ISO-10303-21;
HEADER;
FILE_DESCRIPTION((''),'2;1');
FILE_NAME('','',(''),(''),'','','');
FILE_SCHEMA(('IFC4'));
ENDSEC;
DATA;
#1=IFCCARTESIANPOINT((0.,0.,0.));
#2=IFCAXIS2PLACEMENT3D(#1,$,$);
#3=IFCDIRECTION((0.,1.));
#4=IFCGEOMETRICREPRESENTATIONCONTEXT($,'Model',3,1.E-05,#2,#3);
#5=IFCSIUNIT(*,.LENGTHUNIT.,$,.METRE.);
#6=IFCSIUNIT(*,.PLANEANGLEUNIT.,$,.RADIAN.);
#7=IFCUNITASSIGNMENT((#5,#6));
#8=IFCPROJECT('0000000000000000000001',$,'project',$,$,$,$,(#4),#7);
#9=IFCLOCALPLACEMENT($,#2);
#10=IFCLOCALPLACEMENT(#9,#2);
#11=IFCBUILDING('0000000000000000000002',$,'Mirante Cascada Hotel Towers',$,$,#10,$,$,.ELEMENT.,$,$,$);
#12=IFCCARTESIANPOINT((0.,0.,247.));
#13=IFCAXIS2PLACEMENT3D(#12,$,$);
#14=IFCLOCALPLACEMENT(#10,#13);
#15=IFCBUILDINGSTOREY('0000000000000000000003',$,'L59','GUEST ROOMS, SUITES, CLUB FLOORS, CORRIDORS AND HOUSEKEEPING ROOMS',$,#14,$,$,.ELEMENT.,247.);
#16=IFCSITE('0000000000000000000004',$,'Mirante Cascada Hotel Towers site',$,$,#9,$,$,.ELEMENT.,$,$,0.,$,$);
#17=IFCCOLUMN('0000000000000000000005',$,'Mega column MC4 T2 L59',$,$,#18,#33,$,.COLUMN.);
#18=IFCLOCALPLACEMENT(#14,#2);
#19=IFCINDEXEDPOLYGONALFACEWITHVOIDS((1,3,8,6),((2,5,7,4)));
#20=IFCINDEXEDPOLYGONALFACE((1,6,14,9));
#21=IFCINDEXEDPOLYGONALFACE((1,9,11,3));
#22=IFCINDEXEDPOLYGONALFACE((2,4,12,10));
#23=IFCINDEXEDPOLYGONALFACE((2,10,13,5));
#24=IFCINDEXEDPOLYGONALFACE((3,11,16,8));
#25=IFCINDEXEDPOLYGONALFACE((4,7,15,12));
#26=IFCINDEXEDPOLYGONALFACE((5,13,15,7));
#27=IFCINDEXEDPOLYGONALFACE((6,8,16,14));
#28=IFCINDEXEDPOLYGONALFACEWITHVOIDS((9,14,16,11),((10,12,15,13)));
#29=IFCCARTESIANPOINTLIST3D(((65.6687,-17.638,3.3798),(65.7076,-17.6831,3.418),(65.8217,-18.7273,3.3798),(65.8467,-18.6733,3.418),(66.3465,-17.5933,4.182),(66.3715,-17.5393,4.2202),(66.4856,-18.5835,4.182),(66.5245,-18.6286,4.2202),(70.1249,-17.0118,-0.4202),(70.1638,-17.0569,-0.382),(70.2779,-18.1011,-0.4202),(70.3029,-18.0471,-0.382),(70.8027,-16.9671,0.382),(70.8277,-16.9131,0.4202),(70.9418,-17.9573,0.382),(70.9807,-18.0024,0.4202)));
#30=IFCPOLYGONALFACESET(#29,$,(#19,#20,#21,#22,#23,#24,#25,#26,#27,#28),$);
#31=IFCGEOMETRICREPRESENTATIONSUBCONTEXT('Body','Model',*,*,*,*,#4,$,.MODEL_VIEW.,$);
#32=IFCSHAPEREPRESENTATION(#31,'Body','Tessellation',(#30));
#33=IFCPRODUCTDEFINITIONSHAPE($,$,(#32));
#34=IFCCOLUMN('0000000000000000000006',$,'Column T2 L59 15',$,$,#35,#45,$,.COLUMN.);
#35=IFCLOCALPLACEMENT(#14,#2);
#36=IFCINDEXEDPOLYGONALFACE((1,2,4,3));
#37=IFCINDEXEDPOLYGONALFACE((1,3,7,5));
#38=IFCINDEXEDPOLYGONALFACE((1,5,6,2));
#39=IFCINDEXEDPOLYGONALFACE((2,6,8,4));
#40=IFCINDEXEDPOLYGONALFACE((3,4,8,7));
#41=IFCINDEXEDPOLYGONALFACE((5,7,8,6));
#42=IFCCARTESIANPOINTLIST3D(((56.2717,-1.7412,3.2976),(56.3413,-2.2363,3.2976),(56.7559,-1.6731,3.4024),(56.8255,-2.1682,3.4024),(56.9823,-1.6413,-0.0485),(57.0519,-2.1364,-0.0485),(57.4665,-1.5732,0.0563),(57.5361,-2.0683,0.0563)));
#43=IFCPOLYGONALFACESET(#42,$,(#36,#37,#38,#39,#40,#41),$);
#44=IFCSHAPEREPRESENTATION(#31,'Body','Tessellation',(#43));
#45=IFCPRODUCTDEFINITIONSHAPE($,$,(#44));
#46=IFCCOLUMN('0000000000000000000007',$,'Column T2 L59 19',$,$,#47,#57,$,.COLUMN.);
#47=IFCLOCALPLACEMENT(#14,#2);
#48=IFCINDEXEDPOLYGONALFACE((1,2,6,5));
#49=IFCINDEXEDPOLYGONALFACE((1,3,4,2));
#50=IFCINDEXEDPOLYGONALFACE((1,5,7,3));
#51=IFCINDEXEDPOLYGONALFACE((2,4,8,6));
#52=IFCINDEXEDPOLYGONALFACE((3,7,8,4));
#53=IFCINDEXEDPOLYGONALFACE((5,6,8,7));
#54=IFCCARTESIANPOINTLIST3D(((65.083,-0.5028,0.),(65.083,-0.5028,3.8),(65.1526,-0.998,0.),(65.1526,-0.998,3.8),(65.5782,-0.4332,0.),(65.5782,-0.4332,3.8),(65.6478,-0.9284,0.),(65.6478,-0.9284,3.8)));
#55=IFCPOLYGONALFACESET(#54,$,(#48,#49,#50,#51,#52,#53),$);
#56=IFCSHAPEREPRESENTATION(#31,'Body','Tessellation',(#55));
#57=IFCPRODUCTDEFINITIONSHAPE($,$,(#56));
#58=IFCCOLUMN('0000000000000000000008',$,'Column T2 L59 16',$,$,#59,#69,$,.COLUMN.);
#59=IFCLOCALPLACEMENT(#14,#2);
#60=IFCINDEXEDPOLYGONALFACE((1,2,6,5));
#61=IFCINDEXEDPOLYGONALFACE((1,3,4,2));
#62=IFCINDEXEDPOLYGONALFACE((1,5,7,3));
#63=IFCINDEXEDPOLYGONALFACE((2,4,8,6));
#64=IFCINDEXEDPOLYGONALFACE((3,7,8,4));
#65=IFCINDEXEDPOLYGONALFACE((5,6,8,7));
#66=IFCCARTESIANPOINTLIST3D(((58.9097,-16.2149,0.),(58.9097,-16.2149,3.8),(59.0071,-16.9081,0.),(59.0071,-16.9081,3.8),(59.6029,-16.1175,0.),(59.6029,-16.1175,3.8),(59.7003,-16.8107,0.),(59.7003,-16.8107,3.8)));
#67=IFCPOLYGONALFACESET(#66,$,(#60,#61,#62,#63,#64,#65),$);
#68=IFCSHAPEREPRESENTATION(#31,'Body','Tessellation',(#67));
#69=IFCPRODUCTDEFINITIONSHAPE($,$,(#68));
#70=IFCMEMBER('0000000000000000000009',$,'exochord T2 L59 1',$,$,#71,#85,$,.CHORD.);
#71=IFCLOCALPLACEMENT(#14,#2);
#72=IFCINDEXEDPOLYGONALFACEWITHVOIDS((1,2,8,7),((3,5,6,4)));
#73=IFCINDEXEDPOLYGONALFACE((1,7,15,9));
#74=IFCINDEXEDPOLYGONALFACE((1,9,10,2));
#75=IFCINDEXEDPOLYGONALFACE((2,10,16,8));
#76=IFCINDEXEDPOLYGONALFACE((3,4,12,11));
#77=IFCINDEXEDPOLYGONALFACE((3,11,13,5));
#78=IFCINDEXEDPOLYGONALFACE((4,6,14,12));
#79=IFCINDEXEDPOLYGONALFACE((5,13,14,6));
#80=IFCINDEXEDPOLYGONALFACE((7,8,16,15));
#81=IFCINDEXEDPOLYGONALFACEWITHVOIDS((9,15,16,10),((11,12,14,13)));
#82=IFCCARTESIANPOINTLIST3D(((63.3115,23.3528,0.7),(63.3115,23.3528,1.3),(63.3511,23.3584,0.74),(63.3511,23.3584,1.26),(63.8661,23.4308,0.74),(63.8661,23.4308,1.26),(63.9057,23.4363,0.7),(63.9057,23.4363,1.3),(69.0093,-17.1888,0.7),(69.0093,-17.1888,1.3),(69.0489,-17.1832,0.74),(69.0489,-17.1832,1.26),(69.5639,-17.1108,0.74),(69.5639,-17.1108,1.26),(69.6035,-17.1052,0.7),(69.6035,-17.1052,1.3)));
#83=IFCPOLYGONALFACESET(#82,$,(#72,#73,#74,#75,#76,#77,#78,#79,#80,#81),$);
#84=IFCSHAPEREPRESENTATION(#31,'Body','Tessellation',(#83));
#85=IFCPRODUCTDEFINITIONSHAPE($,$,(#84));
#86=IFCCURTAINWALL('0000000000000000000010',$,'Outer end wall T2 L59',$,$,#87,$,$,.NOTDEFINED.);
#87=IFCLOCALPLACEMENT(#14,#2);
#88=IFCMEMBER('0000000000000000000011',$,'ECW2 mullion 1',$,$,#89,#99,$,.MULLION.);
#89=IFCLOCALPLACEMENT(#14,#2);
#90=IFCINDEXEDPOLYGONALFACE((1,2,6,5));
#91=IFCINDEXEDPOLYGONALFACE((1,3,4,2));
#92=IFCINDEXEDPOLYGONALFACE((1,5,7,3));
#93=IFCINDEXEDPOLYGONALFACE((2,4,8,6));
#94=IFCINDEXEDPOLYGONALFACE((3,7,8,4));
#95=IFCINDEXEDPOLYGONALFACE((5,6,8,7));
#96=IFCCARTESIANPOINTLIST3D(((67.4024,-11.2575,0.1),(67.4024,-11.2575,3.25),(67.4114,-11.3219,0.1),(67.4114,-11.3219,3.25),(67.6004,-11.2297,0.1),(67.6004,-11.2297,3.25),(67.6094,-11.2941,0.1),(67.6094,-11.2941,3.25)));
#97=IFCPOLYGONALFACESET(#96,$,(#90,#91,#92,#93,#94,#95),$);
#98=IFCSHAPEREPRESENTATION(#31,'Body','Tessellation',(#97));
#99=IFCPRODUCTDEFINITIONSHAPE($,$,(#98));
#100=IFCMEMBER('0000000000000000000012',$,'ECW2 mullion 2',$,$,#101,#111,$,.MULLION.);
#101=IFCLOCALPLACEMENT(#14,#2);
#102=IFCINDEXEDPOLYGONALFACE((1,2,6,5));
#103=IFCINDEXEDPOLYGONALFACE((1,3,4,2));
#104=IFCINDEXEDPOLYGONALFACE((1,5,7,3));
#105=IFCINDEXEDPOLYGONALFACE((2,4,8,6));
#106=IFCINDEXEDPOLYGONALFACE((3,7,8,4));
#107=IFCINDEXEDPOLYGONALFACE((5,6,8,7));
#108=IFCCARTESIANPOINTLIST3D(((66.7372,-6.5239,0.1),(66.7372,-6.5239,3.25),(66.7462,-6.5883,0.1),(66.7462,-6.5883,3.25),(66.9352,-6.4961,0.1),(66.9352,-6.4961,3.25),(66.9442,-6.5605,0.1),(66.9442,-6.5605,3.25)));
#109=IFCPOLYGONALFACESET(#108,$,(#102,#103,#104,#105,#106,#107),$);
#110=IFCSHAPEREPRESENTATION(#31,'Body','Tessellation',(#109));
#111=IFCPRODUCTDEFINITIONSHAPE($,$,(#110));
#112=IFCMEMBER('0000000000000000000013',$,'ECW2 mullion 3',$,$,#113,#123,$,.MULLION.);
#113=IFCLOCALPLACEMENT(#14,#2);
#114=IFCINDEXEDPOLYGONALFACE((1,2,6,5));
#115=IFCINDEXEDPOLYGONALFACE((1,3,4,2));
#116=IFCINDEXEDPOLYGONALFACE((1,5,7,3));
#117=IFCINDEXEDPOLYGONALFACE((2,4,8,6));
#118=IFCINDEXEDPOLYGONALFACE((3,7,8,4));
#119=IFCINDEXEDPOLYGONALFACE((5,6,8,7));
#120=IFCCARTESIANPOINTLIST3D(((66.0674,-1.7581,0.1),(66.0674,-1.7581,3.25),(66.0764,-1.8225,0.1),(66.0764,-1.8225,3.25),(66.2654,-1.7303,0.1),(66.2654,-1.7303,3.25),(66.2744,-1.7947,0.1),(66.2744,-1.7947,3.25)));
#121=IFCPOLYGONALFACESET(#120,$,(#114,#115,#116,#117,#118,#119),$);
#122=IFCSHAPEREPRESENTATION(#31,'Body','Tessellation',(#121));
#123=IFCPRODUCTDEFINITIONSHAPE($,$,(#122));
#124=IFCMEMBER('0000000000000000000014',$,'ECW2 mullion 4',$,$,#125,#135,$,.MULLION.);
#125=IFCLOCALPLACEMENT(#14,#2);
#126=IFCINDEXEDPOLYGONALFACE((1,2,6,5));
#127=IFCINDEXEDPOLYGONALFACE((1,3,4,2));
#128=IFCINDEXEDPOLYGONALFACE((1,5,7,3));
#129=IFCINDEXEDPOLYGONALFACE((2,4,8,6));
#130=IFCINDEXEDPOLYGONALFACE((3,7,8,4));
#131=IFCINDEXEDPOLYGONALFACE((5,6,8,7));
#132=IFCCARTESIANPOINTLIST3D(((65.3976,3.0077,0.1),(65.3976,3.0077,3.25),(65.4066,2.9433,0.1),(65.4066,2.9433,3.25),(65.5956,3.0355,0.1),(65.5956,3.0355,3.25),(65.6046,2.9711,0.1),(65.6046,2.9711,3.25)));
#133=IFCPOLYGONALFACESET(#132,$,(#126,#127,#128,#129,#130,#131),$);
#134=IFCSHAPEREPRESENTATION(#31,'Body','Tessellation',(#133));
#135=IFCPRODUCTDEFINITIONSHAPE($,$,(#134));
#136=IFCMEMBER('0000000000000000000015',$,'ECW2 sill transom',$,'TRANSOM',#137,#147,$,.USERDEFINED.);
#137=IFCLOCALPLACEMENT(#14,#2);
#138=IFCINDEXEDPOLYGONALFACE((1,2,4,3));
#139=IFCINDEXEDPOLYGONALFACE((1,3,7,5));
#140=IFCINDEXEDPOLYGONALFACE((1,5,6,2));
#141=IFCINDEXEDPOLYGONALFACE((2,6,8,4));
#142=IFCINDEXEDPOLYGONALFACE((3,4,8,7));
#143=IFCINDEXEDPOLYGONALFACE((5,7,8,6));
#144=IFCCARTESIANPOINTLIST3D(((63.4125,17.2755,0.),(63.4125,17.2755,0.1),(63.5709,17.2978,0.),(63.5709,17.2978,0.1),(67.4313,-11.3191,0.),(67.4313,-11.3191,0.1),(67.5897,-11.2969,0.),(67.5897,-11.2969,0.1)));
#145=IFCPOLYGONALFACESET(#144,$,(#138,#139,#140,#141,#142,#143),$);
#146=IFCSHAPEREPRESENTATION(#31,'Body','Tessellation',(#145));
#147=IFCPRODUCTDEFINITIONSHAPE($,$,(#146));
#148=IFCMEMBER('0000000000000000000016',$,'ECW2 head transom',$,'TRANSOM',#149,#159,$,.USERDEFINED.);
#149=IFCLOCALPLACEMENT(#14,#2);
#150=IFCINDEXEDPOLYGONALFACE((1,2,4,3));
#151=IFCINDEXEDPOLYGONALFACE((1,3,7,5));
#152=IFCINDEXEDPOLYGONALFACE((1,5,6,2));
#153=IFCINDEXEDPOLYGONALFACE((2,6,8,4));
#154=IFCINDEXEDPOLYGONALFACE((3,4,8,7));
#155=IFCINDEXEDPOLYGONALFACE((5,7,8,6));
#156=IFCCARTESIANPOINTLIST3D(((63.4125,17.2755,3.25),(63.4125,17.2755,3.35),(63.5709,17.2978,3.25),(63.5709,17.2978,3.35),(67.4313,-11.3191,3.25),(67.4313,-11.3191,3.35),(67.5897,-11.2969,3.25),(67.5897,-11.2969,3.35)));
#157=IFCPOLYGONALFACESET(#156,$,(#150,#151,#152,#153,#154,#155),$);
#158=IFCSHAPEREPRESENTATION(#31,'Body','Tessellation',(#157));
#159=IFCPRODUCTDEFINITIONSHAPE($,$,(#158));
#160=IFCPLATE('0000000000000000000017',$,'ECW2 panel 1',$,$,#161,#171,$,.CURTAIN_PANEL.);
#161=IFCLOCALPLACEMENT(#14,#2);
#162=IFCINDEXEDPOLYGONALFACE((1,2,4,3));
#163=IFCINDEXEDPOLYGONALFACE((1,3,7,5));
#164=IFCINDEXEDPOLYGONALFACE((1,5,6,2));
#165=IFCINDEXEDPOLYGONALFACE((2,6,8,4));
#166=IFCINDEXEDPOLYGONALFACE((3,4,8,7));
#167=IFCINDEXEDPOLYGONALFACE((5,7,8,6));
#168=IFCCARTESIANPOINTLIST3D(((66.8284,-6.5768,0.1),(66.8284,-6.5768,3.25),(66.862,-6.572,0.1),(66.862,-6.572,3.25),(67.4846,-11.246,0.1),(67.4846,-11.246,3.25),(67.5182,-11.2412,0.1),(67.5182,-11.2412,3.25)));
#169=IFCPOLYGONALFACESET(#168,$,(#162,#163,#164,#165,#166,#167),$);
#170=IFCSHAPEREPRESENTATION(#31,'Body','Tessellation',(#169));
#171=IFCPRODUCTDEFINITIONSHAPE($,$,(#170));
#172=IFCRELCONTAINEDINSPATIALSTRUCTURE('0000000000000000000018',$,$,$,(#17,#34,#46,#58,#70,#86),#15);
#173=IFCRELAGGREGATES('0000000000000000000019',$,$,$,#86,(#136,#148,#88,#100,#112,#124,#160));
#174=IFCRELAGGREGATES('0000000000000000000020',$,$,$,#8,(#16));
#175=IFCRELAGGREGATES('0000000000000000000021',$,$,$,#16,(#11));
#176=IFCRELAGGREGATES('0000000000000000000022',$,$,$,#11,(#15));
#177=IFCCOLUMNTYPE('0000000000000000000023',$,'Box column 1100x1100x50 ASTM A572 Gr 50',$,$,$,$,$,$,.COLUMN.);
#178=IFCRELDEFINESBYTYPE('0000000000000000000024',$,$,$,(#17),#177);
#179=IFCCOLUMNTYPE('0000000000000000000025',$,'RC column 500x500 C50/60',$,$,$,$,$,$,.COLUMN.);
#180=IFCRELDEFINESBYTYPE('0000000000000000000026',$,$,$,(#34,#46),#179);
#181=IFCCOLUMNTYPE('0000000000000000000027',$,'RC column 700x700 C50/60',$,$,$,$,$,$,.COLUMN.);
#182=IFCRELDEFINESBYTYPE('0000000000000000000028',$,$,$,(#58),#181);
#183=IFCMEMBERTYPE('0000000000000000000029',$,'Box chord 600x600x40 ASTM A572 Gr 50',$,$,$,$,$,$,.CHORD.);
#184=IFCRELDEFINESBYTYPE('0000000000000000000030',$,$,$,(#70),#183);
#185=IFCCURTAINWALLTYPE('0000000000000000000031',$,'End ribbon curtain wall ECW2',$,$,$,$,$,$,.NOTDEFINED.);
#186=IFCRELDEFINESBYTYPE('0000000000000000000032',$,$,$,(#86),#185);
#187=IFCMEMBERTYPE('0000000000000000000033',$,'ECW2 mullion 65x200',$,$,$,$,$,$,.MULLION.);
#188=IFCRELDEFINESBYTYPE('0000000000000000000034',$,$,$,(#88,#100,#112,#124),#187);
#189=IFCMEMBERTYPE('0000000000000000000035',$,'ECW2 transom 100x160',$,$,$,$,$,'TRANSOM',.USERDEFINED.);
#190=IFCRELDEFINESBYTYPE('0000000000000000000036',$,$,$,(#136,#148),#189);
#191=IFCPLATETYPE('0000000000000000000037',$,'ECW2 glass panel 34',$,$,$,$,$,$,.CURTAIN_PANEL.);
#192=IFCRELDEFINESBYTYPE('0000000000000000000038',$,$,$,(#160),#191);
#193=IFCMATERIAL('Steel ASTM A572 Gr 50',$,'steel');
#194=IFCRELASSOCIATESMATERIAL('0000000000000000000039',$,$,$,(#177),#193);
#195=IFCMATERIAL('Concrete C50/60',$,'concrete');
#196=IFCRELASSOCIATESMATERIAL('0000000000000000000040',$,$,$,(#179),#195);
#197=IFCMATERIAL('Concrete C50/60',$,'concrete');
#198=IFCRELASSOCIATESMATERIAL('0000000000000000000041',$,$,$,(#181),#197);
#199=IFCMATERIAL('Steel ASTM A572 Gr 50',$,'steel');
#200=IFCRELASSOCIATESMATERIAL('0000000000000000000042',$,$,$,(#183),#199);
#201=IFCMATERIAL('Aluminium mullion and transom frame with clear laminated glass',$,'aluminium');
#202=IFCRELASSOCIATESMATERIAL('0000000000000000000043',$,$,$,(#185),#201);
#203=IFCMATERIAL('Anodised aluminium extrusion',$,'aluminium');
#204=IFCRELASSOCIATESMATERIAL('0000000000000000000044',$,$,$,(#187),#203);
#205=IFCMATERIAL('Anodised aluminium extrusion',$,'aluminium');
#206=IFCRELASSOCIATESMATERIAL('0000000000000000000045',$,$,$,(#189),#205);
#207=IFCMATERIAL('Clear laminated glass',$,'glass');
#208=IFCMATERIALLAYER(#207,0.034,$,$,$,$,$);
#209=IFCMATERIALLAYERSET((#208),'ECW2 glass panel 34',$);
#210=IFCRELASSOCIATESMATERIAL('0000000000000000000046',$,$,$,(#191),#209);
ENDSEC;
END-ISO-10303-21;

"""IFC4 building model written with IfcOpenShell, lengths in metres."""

from ifc_helpers import new_model, si_unit, direction, frame, origin, origin_2d, place, context, subcontext, project, spatial, rectangle, hollow_rectangle, extrude, material, layer, layer_set, material_profile, profile_set, type_object, element, aggregate, save


model = new_model("IFC4")

# Units and contexts
model_context = context("Model", 3, precision=1e-05, world=origin(), true_north=direction((0.0, 1.0)))
body_context = subcontext(model_context, "Body", "Model", "MODEL_VIEW")
ifc_project = project(units=[si_unit("LENGTHUNIT", "METRE"), si_unit("PLANEANGLEUNIT", "RADIAN")], contexts=[model_context])

# Site, building, storey
site_placement = place(None, origin())
site = spatial("IfcSite", under=ifc_project, at=site_placement, Name="Mirante Cascada Hotel Towers site", CompositionType="ELEMENT", RefElevation=0.0)
building_placement = place(site_placement, origin())
building = spatial("IfcBuilding", under=site, at=building_placement, Name="Mirante Cascada Hotel Towers", CompositionType="ELEMENT")
storey_placement = place(building_placement, frame((0.0, 0.0, 247.0)))
storey = spatial("IfcBuildingStorey", under=building, at=storey_placement, Name="L59", Description="GUEST ROOMS, SUITES, CLUB FLOORS, CORRIDORS AND HOUSEKEEPING ROOMS", CompositionType="ELEMENT", Elevation=247.0)

# Columns
ifc_material_1 = material(Name="Steel ASTM A572 Gr 50", Category="steel")
ifc_material_profile_1 = material_profile(ifc_material_1, hollow_rectangle(XDim=1.1, YDim=1.1, WallThickness=0.05, at=origin_2d()), Name="Box column 1100x1100x50 ASTM A572 Gr 50")
ifc_profile_set_1 = profile_set([ifc_material_profile_1], Name="Steel ASTM A572 Gr 50")
column_type_1 = type_object("IfcColumnType", Name="Box column 1100x1100x50 ASTM A572 Gr 50", PredefinedType="COLUMN", material=ifc_profile_set_1)
column_1_placement = place(storey_placement, frame((70.5528, -17.5071, 0.0), z_axis=(-0.756595, -0.106319, 0.645182), x_axis=(0.139156, -0.990271, 0.0)))
element("IfcColumn", 1, at=column_1_placement, inside=storey, type_object=column_type_1, Name="Mega column MC4 T2 L59", PredefinedType="COLUMN", context=body_context, shape_type="SweptSolid", body=[
    extrude(hollow_rectangle(XDim=1.1, YDim=1.1, WallThickness=0.05, at=origin_2d()), origin(), (0.0, 0.0, 1.0), 5.8898),
])
ifc_material_2 = material(Name="Concrete C50/60", Category="concrete")
ifc_material_profile_2 = material_profile(ifc_material_2, rectangle(XDim=0.5, YDim=0.5, at=origin_2d()), Name="RC column 500x500 C50/60")
ifc_profile_set_2 = profile_set([ifc_material_profile_2], Name="Concrete C50/60")
column_type_2 = type_object("IfcColumnType", Name="RC column 500x500 C50/60", PredefinedType="COLUMN", material=ifc_profile_set_2)
column_2_placement = place(storey_placement, frame((57.2592, -1.8548, 0.0039), z_axis=(-0.207645, -0.029192, 0.977769), x_axis=(0.139216, -0.990262, 0.0)))
element("IfcColumn", 2, at=column_2_placement, inside=storey, type_object=column_type_2, Name="Column T2 L59 15", PredefinedType="COLUMN", context=body_context, shape_type="SweptSolid", body=[
    extrude(rectangle(XDim=0.5, YDim=0.5, at=origin_2d()), origin(), (0.0, 0.0, 1.0), 3.4222),
])
column_3_placement = place(storey_placement, frame((65.3654, -0.7156, 0.0), z_axis=(0.0, 0.0, 1.0), x_axis=(0.990268, 0.139173, 0.0)))
element("IfcColumn", 3, at=column_3_placement, inside=storey, type_object=column_type_2, Name="Column T2 L59 19", PredefinedType="COLUMN", context=body_context, shape_type="SweptSolid", body=[
    extrude(rectangle(XDim=0.5, YDim=0.5, at=origin_2d()), origin(), (0.0, 0.0, 1.0), 3.8),
])
ifc_material_3 = material(Name="Concrete C50/60", Category="concrete")
ifc_material_profile_3 = material_profile(ifc_material_3, rectangle(XDim=0.7, YDim=0.7, at=origin_2d()), Name="RC column 700x700 C50/60")
ifc_profile_set_3 = profile_set([ifc_material_profile_3], Name="Concrete C50/60")
column_type_3 = type_object("IfcColumnType", Name="RC column 700x700 C50/60", PredefinedType="COLUMN", material=ifc_profile_set_3)
column_4_placement = place(storey_placement, frame((59.305, -16.5128, 0.0), z_axis=(0.0, 0.0, 1.0), x_axis=(0.990268, 0.139173, 0.0)))
element("IfcColumn", 4, at=column_4_placement, inside=storey, type_object=column_type_3, Name="Column T2 L59 16", PredefinedType="COLUMN", context=body_context, shape_type="SweptSolid", body=[
    extrude(rectangle(XDim=0.7, YDim=0.7, at=origin_2d()), origin(), (0.0, 0.0, 1.0), 3.8),
])

# Member
ifc_material_4 = material(Name="Steel ASTM A572 Gr 50", Category="steel")
ifc_material_profile_4 = material_profile(ifc_material_4, hollow_rectangle(XDim=0.6, YDim=0.6, WallThickness=0.04, at=origin_2d()), Name="Box chord 600x600x40 ASTM A572 Gr 50")
ifc_profile_set_4 = profile_set([ifc_material_profile_4], Name="Steel ASTM A572 Gr 50")
member_type_1 = type_object("IfcMemberType", Name="Box chord 600x600x40 ASTM A572 Gr 50", PredefinedType="CHORD", material=ifc_profile_set_4)
member_1_placement = place(storey_placement, frame((69.3064, -17.147, 1.0), z_axis=(-0.139174, 0.990268, 0.0), x_axis=(-0.990268, -0.139174, 0.0)))
element("IfcMember", 5, at=member_1_placement, inside=storey, type_object=member_type_1, Name="exochord T2 L59 1", PredefinedType="CHORD", context=body_context, shape_type="SweptSolid", body=[
    extrude(hollow_rectangle(XDim=0.6, YDim=0.6, WallThickness=0.04, at=origin_2d()), origin(), (0.0, 0.0, 1.0), 40.94),
])

# Curtain wall, members, plate
ifc_material_5 = material(Name="Aluminium mullion and transom frame with clear laminated glass", Category="aluminium")
curtain_wall_type = type_object("IfcCurtainWallType", Name="End ribbon curtain wall ECW2", PredefinedType="NOTDEFINED", material=ifc_material_5)
curtain_wall_placement = place(storey_placement, origin())
curtain_wall = element("IfcCurtainWall", 6, at=curtain_wall_placement, inside=storey, type_object=curtain_wall_type, Name="Outer end wall T2 L59", PredefinedType="NOTDEFINED")
ifc_material_6 = material(Name="Anodised aluminium extrusion", Category="aluminium")
ifc_material_profile_5 = material_profile(ifc_material_6, rectangle(XDim=0.2, YDim=0.065, at=origin_2d()), Name="ECW2 MULLION 65x200")
ifc_profile_set_5 = profile_set([ifc_material_profile_5], Name="Anodised aluminium extrusion")
member_type_2 = type_object("IfcMemberType", Name="ECW2 mullion 65x200", PredefinedType="MULLION", material=ifc_profile_set_5)
member_2_placement = place(storey_placement, frame((67.5059, -11.2758, 0.1), z_axis=(0.0, 0.0, 1.0), x_axis=(-0.990268, -0.139173, 0.0)))
member_2 = element("IfcMember", 7, at=member_2_placement, type_object=member_type_2, Name="ECW2 mullion 1", PredefinedType="MULLION", context=body_context, shape_type="SweptSolid", body=[
    extrude(rectangle(XDim=0.2, YDim=0.065, at=origin_2d()), origin(), (0.0, 0.0, 1.0), 3.15),
])
member_3_placement = place(storey_placement, frame((66.8407, -6.5422, 0.1), z_axis=(0.0, 0.0, 1.0), x_axis=(-0.990268, -0.139173, 0.0)))
member_3 = element("IfcMember", 8, at=member_3_placement, type_object=member_type_2, Name="ECW2 mullion 2", PredefinedType="MULLION", context=body_context, shape_type="SweptSolid", body=[
    extrude(rectangle(XDim=0.2, YDim=0.065, at=origin_2d()), origin(), (0.0, 0.0, 1.0), 3.15),
])
member_4_placement = place(storey_placement, frame((66.1709, -1.7764, 0.1), z_axis=(0.0, 0.0, 1.0), x_axis=(-0.990268, -0.139173, 0.0)))
member_4 = element("IfcMember", 9, at=member_4_placement, type_object=member_type_2, Name="ECW2 mullion 3", PredefinedType="MULLION", context=body_context, shape_type="SweptSolid", body=[
    extrude(rectangle(XDim=0.2, YDim=0.065, at=origin_2d()), origin(), (0.0, 0.0, 1.0), 3.15),
])
member_5_placement = place(storey_placement, frame((65.5011, 2.9894, 0.1), z_axis=(0.0, 0.0, 1.0), x_axis=(-0.990268, -0.139173, 0.0)))
member_5 = element("IfcMember", 10, at=member_5_placement, type_object=member_type_2, Name="ECW2 mullion 4", PredefinedType="MULLION", context=body_context, shape_type="SweptSolid", body=[
    extrude(rectangle(XDim=0.2, YDim=0.065, at=origin_2d()), origin(), (0.0, 0.0, 1.0), 3.15),
])
ifc_material_7 = material(Name="Anodised aluminium extrusion", Category="aluminium")
ifc_material_profile_6 = material_profile(ifc_material_7, rectangle(XDim=0.16, YDim=0.1, at=origin_2d()), Name="ECW2 TRANSOM 100x160")
ifc_profile_set_6 = profile_set([ifc_material_profile_6], Name="Anodised aluminium extrusion")
member_type_3 = type_object("IfcMemberType", Name="ECW2 transom 100x160", ElementType="TRANSOM", PredefinedType="USERDEFINED", material=ifc_profile_set_6)
member_6_placement = place(storey_placement, frame((67.5105, -11.308, 0.05), z_axis=(-0.139176, 0.990268, 0.0), x_axis=(-0.990268, -0.139176, 0.0)))
member_6 = element("IfcMember", 11, at=member_6_placement, type_object=member_type_3, Name="ECW2 sill transom", ObjectType="TRANSOM", PredefinedType="USERDEFINED", context=body_context, shape_type="SweptSolid", body=[
    extrude(rectangle(XDim=0.16, YDim=0.1, at=origin_2d()), origin(), (0.0, 0.0, 1.0), 28.8757),
])
member_7_placement = place(storey_placement, frame((67.5105, -11.308, 3.3), z_axis=(-0.139176, 0.990268, 0.0), x_axis=(-0.990268, -0.139176, 0.0)))
member_7 = element("IfcMember", 12, at=member_7_placement, type_object=member_type_3, Name="ECW2 head transom", ObjectType="TRANSOM", PredefinedType="USERDEFINED", context=body_context, shape_type="SweptSolid", body=[
    extrude(rectangle(XDim=0.16, YDim=0.1, at=origin_2d()), origin(), (0.0, 0.0, 1.0), 28.8757),
])
ifc_material_8 = material(Name="Clear laminated glass", Category="glass")
ifc_layer_1 = layer(ifc_material_8, 0.034)
ifc_layer_set_1 = layer_set([ifc_layer_1], Name="ECW2 glass panel 34")
plate_type_1 = type_object("IfcPlateType", Name="ECW2 glass panel 34", PredefinedType="CURTAIN_PANEL", material=ifc_layer_set_1)
plate_1_placement = place(storey_placement, frame((67.1733, -8.909, 0.1), z_axis=(0.0, 0.0, 1.0), x_axis=(-0.139173, 0.990268, 0.0)))
plate_1 = element("IfcPlate", 13, at=plate_1_placement, type_object=plate_type_1, Name="ECW2 panel 1", PredefinedType="CURTAIN_PANEL", context=body_context, shape_type="SweptSolid", body=[
    extrude(rectangle(XDim=4.7151, YDim=0.034, at=origin_2d()), origin(), (0.0, 0.0, 1.0), 3.15),
])
aggregate(curtain_wall, [member_6, member_7, member_2, member_3, member_4, member_5, plate_1])

save(model, "model.ifc")
